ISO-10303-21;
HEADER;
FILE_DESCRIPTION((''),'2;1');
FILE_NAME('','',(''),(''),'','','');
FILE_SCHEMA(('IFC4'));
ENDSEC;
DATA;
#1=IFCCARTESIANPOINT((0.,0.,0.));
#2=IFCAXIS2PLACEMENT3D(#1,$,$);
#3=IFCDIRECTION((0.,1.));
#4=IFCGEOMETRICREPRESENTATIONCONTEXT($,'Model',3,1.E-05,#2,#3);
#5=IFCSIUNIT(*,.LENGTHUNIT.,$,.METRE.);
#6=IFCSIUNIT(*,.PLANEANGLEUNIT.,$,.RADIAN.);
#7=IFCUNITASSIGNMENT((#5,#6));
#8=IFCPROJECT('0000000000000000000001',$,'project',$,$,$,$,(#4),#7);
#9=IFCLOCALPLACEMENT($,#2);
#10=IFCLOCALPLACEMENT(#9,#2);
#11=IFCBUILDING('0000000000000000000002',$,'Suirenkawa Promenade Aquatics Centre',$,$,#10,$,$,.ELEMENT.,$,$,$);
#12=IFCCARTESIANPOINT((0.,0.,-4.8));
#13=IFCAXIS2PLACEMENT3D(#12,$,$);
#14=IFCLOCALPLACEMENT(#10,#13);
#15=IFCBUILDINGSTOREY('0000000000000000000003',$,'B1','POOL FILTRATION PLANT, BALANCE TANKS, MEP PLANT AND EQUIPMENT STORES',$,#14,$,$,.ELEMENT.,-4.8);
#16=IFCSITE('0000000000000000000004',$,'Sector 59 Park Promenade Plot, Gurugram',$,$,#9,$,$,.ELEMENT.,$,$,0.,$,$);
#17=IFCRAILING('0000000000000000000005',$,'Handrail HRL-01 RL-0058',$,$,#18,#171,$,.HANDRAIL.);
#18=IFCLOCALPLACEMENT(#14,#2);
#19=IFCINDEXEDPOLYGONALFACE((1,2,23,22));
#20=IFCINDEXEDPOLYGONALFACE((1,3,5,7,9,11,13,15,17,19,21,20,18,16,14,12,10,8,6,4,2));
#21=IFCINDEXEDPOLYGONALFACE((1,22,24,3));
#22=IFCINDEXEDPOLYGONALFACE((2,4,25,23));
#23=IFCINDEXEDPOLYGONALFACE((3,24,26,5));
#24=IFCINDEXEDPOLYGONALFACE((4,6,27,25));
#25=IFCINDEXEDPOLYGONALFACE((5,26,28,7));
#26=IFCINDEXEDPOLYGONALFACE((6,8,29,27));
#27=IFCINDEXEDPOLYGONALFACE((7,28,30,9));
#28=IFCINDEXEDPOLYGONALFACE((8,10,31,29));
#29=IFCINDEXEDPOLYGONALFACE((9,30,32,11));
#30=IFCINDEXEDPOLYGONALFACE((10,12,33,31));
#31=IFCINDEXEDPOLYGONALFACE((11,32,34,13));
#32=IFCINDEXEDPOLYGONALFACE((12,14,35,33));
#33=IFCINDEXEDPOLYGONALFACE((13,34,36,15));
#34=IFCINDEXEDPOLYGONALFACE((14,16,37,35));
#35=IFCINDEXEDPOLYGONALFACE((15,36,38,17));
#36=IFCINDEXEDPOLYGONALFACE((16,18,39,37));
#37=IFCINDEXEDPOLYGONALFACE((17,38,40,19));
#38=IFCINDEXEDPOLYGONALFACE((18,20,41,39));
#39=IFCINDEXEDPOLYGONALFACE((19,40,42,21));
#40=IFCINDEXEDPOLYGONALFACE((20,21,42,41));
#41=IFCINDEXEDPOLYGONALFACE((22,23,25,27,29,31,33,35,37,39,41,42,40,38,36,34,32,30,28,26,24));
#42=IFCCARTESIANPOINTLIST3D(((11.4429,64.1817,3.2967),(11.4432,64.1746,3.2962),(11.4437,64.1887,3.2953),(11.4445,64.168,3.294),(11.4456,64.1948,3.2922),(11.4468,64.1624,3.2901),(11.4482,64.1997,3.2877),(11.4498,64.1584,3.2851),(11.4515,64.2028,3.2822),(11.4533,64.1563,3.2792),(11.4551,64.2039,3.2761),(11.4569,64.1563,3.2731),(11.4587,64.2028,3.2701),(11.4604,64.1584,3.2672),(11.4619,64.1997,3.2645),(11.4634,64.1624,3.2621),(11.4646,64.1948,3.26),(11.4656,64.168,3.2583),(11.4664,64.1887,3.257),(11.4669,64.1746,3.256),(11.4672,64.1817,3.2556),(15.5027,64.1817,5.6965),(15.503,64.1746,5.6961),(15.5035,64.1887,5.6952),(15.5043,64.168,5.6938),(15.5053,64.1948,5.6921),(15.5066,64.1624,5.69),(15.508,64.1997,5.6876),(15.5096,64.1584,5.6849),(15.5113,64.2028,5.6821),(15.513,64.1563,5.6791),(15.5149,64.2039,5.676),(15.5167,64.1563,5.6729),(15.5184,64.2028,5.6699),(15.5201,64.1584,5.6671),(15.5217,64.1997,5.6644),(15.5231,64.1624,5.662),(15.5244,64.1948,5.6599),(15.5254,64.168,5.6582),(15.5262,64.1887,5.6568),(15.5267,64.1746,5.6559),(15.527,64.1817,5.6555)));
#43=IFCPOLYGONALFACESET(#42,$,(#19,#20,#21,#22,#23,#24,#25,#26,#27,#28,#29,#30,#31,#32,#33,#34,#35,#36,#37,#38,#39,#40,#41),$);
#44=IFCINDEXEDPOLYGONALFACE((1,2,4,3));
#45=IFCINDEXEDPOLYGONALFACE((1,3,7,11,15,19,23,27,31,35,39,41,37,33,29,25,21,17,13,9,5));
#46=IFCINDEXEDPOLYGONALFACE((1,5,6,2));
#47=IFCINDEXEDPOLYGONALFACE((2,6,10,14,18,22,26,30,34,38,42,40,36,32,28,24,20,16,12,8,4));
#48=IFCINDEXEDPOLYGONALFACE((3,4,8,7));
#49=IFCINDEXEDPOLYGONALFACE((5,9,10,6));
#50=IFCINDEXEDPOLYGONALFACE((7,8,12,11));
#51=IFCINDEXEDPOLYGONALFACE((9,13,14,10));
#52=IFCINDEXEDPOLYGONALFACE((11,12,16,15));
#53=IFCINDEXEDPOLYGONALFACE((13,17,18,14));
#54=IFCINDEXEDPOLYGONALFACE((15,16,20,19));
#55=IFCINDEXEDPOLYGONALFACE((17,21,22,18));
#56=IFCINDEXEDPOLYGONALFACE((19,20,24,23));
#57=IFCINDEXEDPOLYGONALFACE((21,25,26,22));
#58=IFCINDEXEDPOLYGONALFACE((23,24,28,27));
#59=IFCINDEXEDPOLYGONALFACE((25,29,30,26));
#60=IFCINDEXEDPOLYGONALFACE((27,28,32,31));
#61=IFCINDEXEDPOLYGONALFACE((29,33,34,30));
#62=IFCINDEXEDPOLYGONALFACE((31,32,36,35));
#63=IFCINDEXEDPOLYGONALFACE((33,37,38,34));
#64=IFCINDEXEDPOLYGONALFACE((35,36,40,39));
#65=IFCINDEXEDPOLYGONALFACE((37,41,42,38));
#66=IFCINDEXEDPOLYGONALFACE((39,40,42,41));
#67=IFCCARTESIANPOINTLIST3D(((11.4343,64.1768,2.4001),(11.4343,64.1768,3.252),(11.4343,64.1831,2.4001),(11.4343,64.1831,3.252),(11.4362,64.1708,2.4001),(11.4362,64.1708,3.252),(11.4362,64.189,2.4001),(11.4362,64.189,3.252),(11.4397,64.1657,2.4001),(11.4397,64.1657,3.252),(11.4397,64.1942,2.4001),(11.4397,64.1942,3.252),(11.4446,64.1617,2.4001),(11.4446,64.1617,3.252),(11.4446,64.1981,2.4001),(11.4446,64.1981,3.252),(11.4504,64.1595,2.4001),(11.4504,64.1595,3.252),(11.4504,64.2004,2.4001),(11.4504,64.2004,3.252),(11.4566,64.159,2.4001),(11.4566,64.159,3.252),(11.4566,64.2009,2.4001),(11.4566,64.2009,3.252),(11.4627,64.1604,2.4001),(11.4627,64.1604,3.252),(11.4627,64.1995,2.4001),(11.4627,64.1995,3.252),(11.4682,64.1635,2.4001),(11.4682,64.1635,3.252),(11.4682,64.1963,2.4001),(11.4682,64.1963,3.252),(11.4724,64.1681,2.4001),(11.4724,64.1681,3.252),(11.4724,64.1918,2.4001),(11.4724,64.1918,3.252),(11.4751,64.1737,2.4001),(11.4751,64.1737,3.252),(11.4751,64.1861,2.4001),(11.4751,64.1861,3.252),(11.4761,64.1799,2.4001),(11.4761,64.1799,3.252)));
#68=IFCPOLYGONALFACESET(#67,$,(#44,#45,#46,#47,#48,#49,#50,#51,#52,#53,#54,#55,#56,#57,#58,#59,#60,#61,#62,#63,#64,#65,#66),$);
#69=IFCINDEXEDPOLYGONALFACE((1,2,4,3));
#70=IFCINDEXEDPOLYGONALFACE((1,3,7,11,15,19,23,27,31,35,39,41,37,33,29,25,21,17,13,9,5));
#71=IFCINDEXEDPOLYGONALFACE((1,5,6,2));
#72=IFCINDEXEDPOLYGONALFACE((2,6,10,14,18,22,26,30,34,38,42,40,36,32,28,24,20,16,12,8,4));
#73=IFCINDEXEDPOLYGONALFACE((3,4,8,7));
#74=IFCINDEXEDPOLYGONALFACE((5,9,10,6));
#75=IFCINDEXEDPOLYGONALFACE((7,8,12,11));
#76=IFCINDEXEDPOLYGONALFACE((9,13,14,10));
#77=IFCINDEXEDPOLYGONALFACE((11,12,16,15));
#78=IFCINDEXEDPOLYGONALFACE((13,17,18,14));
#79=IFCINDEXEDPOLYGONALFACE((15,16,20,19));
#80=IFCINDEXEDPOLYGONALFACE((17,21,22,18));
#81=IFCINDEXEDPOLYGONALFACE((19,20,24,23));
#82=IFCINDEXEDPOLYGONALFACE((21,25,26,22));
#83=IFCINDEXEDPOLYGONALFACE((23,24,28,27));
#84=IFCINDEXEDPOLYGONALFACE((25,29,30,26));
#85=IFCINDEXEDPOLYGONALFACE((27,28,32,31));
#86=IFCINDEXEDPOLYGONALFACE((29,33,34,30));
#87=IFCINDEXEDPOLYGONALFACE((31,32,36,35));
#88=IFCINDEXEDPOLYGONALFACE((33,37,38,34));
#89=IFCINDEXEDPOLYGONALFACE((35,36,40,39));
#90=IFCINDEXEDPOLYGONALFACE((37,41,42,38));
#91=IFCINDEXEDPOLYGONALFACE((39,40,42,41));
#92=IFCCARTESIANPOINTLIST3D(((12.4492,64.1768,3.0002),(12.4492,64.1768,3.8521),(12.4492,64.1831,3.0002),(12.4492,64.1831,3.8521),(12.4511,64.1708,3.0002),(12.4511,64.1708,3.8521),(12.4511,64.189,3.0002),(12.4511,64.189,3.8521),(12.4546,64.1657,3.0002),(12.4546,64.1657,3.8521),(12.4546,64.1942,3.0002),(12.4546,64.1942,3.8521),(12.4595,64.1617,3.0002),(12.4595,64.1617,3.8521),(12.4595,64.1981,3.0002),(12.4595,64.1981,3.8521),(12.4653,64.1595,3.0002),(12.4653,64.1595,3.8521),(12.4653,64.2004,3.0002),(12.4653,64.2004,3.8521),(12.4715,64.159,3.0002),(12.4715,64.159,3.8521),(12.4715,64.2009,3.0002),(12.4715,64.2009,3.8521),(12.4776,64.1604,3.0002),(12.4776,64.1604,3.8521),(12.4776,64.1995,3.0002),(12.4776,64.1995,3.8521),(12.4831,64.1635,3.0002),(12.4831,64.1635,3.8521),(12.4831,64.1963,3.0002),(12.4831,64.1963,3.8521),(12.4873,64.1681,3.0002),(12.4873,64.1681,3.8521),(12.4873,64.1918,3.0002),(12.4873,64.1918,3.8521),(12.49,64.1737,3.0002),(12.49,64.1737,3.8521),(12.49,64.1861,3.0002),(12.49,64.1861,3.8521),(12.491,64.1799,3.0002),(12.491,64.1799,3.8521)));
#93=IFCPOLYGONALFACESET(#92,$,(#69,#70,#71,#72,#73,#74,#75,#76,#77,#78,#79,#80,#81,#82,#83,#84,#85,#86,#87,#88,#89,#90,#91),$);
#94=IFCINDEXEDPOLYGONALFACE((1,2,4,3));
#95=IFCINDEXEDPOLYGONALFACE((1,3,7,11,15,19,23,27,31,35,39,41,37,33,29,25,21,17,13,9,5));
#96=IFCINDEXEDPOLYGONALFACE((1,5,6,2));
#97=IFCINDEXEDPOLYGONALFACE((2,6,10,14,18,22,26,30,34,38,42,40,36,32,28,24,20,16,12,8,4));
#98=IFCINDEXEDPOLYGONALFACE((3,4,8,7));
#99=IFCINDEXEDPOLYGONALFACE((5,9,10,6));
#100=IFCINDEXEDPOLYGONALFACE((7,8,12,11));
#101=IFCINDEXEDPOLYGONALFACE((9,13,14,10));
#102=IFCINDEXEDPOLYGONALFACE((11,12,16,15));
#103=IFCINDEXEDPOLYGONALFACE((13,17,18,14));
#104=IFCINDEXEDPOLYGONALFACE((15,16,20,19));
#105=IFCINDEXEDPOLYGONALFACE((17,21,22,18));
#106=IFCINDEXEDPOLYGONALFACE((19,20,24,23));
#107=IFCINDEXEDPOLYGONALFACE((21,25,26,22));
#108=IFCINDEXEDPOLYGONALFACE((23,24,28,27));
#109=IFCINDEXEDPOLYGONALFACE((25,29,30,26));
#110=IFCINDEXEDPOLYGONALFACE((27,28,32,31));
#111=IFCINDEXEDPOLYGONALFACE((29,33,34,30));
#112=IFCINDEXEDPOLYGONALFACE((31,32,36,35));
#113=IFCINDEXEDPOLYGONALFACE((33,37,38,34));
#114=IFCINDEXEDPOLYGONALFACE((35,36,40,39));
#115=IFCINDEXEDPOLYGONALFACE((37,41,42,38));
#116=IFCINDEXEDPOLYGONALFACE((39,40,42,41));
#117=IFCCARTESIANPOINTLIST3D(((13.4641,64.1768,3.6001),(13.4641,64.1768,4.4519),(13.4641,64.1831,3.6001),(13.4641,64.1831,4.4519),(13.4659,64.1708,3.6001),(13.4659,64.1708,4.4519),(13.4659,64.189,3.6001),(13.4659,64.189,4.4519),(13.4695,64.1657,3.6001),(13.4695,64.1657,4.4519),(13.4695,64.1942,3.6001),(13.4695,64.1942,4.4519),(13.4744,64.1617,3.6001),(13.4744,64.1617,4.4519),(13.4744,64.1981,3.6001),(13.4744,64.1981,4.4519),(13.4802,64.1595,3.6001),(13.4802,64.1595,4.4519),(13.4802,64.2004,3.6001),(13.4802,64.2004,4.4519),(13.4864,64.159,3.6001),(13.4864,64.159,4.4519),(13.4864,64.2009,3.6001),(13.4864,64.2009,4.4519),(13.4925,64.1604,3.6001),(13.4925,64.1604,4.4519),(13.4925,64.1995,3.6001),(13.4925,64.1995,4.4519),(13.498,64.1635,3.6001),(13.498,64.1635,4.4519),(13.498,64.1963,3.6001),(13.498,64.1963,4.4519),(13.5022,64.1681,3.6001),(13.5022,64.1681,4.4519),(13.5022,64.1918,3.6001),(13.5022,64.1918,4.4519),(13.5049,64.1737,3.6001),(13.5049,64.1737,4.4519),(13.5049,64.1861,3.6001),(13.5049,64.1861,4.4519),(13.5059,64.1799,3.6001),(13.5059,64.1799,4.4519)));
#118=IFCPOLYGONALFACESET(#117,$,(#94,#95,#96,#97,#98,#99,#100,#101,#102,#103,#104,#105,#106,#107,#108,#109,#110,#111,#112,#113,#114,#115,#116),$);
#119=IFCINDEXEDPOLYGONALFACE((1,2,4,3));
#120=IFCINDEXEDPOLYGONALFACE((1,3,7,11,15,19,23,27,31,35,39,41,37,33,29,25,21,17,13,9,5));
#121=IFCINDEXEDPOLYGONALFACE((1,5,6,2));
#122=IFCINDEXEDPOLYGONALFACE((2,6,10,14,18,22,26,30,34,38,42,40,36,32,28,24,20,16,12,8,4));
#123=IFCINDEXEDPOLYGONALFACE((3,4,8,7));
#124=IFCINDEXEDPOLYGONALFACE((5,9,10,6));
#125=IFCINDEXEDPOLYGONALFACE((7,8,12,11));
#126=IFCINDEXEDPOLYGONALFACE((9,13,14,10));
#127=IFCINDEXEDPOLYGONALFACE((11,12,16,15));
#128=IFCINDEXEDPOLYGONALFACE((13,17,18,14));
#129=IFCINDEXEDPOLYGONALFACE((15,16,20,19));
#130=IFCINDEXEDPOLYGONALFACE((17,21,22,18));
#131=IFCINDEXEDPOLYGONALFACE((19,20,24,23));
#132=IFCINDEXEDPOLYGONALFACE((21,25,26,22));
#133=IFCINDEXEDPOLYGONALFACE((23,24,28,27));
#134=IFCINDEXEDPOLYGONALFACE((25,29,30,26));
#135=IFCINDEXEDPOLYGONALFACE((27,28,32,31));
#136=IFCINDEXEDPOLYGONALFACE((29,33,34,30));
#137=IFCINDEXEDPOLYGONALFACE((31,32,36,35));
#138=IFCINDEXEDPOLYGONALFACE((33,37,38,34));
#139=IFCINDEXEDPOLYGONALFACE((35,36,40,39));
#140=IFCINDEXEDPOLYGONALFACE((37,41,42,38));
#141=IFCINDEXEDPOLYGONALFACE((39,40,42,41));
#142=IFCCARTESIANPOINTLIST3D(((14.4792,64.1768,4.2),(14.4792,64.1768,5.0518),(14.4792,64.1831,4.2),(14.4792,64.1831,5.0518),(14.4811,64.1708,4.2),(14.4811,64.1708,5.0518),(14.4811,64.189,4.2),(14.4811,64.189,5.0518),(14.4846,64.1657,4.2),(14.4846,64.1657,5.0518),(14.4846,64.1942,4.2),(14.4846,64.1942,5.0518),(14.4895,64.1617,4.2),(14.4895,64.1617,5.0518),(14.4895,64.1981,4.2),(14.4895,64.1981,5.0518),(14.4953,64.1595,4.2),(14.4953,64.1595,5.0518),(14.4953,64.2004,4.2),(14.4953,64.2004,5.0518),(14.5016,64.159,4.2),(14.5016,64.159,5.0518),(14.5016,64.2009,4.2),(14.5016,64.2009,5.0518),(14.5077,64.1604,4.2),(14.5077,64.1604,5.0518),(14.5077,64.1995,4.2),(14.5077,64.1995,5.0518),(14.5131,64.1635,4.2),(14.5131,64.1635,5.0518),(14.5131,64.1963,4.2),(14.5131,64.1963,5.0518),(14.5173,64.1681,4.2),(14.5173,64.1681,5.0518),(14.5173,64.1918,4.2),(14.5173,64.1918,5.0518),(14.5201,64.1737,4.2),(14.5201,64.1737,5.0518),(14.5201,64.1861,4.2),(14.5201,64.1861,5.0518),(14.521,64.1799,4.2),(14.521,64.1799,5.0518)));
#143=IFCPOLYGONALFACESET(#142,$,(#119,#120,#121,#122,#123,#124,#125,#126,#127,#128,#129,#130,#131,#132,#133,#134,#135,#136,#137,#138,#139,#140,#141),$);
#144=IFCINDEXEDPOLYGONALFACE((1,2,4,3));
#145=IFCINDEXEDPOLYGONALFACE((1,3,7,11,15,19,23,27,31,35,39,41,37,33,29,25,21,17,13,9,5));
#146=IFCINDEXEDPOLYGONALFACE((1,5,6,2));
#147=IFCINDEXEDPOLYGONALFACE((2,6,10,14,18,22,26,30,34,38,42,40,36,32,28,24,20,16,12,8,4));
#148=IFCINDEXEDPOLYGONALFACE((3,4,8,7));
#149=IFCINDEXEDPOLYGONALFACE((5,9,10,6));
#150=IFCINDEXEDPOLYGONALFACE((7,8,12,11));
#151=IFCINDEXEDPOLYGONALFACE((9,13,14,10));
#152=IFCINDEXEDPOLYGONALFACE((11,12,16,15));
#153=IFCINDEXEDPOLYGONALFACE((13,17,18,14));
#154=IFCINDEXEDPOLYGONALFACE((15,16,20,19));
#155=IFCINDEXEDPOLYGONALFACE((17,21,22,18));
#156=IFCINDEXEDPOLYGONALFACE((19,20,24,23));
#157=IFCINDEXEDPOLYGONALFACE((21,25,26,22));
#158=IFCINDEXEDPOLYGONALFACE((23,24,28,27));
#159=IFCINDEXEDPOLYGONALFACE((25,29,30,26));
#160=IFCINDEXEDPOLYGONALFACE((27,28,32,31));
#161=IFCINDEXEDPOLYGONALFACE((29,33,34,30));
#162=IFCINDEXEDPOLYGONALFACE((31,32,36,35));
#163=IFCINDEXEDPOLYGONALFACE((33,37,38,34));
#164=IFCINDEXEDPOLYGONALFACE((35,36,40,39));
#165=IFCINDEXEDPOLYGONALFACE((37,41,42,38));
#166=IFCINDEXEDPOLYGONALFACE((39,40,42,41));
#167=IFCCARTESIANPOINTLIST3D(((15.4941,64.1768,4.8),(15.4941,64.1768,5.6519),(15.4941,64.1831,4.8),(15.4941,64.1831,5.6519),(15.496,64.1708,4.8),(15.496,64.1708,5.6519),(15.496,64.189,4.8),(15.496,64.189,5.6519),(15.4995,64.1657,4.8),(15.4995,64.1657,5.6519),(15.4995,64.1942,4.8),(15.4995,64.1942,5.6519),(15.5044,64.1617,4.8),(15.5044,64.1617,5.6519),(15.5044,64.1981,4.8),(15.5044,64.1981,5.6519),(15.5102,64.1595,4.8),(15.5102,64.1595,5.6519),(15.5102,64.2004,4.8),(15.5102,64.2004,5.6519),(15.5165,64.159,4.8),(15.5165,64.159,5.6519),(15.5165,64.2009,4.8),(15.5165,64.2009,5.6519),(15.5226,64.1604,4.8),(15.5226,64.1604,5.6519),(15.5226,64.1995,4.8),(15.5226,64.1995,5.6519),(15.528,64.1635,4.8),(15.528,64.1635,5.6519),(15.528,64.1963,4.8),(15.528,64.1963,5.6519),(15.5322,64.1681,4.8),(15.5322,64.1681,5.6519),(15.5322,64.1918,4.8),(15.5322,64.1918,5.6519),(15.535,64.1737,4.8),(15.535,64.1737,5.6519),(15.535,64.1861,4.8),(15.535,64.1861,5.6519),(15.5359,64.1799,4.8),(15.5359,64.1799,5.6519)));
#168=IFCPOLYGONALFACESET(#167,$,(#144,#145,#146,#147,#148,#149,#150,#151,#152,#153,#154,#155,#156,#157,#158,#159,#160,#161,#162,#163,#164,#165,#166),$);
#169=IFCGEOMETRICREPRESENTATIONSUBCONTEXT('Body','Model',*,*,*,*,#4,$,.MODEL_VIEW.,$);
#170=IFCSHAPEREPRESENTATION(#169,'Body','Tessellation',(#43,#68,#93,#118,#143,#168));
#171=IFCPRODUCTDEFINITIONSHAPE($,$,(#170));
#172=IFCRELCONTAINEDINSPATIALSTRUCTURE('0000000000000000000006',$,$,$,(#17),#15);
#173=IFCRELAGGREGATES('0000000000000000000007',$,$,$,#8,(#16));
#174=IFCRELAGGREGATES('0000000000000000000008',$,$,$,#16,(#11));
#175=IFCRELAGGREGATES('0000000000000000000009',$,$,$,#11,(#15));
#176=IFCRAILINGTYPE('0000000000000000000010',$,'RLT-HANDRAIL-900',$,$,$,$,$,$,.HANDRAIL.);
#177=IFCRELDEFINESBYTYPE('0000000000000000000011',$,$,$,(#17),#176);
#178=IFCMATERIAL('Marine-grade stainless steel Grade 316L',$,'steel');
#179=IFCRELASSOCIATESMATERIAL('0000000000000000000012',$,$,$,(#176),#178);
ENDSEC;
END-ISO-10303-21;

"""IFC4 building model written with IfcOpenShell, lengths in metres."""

from ifc_helpers import new_model, si_unit, direction, frame, origin, origin_2d, place, context, subcontext, project, spatial, circle, extrude, material, type_object, element, save


model = new_model("IFC4")

# Units and contexts
model_context = context("Model", 3, precision=1e-05, world=origin(), true_north=direction((0.0, 1.0)))
body_context = subcontext(model_context, "Body", "Model", "MODEL_VIEW")
ifc_project = project(units=[si_unit("LENGTHUNIT", "METRE"), si_unit("PLANEANGLEUNIT", "RADIAN")], contexts=[model_context])

# Site, building, storey
site_placement = place(None, origin())
site = spatial("IfcSite", under=ifc_project, at=site_placement, Name="Sector 59 Park Promenade Plot, Gurugram", CompositionType="ELEMENT", RefElevation=0.0)
building_placement = place(site_placement, origin())
building = spatial("IfcBuilding", under=site, at=building_placement, Name="Suirenkawa Promenade Aquatics Centre", CompositionType="ELEMENT")
storey_placement = place(building_placement, frame((0.0, 0.0, -4.8)))
storey = spatial("IfcBuildingStorey", under=building, at=storey_placement, Name="B1", Description="POOL FILTRATION PLANT, BALANCE TANKS, MEP PLANT AND EQUIPMENT STORES", CompositionType="ELEMENT", Elevation=-4.8)

# Railing
ifc_material_1 = material(Name="Marine-grade stainless steel Grade 316L", Category="steel")
railing_type_1 = type_object("IfcRailingType", Name="RLT-HANDRAIL-900", PredefinedType="HANDRAIL", material=ifc_material_1)
for number, where, name in (
    (1, (11.4551, 64.1799, 2.4001), "Handrail HRL-01 RL-0058"),
):
    element("IfcRailing", number, at=place(storey_placement, frame(where)), inside=storey, type_object=railing_type_1, Name=name, PredefinedType="HANDRAIL", context=body_context, shape_type="SweptSolid", body=[
        extrude(circle(Radius=0.0239, at=origin_2d()), frame((0.0, 0.0, 0.876), z_axis=(0.860841, 0.0, 0.508874), x_axis=(0.0, 1.0, 0.0)), (0.0, 0.0, 1.0), 4.7161),
        extrude(circle(Radius=0.021, at=origin_2d()), origin(), (0.0, 0.0, 1.0), 0.8518),
        extrude(circle(Radius=0.021, at=origin_2d()), frame((1.0149, 0.0, 0.6001)), (0.0, 0.0, 1.0), 0.8518),
        extrude(circle(Radius=0.021, at=origin_2d()), frame((2.0298, 0.0, 1.2)), (0.0, 0.0, 1.0), 0.8518),
        extrude(circle(Radius=0.021, at=origin_2d()), frame((3.0449, 0.0, 1.7998)), (0.0, 0.0, 1.0), 0.8518),
        extrude(circle(Radius=0.021, at=origin_2d()), frame((4.0598, 0.0, 2.3999)), (0.0, 0.0, 1.0), 0.8518),
    ])

save(model, "model.ifc")
